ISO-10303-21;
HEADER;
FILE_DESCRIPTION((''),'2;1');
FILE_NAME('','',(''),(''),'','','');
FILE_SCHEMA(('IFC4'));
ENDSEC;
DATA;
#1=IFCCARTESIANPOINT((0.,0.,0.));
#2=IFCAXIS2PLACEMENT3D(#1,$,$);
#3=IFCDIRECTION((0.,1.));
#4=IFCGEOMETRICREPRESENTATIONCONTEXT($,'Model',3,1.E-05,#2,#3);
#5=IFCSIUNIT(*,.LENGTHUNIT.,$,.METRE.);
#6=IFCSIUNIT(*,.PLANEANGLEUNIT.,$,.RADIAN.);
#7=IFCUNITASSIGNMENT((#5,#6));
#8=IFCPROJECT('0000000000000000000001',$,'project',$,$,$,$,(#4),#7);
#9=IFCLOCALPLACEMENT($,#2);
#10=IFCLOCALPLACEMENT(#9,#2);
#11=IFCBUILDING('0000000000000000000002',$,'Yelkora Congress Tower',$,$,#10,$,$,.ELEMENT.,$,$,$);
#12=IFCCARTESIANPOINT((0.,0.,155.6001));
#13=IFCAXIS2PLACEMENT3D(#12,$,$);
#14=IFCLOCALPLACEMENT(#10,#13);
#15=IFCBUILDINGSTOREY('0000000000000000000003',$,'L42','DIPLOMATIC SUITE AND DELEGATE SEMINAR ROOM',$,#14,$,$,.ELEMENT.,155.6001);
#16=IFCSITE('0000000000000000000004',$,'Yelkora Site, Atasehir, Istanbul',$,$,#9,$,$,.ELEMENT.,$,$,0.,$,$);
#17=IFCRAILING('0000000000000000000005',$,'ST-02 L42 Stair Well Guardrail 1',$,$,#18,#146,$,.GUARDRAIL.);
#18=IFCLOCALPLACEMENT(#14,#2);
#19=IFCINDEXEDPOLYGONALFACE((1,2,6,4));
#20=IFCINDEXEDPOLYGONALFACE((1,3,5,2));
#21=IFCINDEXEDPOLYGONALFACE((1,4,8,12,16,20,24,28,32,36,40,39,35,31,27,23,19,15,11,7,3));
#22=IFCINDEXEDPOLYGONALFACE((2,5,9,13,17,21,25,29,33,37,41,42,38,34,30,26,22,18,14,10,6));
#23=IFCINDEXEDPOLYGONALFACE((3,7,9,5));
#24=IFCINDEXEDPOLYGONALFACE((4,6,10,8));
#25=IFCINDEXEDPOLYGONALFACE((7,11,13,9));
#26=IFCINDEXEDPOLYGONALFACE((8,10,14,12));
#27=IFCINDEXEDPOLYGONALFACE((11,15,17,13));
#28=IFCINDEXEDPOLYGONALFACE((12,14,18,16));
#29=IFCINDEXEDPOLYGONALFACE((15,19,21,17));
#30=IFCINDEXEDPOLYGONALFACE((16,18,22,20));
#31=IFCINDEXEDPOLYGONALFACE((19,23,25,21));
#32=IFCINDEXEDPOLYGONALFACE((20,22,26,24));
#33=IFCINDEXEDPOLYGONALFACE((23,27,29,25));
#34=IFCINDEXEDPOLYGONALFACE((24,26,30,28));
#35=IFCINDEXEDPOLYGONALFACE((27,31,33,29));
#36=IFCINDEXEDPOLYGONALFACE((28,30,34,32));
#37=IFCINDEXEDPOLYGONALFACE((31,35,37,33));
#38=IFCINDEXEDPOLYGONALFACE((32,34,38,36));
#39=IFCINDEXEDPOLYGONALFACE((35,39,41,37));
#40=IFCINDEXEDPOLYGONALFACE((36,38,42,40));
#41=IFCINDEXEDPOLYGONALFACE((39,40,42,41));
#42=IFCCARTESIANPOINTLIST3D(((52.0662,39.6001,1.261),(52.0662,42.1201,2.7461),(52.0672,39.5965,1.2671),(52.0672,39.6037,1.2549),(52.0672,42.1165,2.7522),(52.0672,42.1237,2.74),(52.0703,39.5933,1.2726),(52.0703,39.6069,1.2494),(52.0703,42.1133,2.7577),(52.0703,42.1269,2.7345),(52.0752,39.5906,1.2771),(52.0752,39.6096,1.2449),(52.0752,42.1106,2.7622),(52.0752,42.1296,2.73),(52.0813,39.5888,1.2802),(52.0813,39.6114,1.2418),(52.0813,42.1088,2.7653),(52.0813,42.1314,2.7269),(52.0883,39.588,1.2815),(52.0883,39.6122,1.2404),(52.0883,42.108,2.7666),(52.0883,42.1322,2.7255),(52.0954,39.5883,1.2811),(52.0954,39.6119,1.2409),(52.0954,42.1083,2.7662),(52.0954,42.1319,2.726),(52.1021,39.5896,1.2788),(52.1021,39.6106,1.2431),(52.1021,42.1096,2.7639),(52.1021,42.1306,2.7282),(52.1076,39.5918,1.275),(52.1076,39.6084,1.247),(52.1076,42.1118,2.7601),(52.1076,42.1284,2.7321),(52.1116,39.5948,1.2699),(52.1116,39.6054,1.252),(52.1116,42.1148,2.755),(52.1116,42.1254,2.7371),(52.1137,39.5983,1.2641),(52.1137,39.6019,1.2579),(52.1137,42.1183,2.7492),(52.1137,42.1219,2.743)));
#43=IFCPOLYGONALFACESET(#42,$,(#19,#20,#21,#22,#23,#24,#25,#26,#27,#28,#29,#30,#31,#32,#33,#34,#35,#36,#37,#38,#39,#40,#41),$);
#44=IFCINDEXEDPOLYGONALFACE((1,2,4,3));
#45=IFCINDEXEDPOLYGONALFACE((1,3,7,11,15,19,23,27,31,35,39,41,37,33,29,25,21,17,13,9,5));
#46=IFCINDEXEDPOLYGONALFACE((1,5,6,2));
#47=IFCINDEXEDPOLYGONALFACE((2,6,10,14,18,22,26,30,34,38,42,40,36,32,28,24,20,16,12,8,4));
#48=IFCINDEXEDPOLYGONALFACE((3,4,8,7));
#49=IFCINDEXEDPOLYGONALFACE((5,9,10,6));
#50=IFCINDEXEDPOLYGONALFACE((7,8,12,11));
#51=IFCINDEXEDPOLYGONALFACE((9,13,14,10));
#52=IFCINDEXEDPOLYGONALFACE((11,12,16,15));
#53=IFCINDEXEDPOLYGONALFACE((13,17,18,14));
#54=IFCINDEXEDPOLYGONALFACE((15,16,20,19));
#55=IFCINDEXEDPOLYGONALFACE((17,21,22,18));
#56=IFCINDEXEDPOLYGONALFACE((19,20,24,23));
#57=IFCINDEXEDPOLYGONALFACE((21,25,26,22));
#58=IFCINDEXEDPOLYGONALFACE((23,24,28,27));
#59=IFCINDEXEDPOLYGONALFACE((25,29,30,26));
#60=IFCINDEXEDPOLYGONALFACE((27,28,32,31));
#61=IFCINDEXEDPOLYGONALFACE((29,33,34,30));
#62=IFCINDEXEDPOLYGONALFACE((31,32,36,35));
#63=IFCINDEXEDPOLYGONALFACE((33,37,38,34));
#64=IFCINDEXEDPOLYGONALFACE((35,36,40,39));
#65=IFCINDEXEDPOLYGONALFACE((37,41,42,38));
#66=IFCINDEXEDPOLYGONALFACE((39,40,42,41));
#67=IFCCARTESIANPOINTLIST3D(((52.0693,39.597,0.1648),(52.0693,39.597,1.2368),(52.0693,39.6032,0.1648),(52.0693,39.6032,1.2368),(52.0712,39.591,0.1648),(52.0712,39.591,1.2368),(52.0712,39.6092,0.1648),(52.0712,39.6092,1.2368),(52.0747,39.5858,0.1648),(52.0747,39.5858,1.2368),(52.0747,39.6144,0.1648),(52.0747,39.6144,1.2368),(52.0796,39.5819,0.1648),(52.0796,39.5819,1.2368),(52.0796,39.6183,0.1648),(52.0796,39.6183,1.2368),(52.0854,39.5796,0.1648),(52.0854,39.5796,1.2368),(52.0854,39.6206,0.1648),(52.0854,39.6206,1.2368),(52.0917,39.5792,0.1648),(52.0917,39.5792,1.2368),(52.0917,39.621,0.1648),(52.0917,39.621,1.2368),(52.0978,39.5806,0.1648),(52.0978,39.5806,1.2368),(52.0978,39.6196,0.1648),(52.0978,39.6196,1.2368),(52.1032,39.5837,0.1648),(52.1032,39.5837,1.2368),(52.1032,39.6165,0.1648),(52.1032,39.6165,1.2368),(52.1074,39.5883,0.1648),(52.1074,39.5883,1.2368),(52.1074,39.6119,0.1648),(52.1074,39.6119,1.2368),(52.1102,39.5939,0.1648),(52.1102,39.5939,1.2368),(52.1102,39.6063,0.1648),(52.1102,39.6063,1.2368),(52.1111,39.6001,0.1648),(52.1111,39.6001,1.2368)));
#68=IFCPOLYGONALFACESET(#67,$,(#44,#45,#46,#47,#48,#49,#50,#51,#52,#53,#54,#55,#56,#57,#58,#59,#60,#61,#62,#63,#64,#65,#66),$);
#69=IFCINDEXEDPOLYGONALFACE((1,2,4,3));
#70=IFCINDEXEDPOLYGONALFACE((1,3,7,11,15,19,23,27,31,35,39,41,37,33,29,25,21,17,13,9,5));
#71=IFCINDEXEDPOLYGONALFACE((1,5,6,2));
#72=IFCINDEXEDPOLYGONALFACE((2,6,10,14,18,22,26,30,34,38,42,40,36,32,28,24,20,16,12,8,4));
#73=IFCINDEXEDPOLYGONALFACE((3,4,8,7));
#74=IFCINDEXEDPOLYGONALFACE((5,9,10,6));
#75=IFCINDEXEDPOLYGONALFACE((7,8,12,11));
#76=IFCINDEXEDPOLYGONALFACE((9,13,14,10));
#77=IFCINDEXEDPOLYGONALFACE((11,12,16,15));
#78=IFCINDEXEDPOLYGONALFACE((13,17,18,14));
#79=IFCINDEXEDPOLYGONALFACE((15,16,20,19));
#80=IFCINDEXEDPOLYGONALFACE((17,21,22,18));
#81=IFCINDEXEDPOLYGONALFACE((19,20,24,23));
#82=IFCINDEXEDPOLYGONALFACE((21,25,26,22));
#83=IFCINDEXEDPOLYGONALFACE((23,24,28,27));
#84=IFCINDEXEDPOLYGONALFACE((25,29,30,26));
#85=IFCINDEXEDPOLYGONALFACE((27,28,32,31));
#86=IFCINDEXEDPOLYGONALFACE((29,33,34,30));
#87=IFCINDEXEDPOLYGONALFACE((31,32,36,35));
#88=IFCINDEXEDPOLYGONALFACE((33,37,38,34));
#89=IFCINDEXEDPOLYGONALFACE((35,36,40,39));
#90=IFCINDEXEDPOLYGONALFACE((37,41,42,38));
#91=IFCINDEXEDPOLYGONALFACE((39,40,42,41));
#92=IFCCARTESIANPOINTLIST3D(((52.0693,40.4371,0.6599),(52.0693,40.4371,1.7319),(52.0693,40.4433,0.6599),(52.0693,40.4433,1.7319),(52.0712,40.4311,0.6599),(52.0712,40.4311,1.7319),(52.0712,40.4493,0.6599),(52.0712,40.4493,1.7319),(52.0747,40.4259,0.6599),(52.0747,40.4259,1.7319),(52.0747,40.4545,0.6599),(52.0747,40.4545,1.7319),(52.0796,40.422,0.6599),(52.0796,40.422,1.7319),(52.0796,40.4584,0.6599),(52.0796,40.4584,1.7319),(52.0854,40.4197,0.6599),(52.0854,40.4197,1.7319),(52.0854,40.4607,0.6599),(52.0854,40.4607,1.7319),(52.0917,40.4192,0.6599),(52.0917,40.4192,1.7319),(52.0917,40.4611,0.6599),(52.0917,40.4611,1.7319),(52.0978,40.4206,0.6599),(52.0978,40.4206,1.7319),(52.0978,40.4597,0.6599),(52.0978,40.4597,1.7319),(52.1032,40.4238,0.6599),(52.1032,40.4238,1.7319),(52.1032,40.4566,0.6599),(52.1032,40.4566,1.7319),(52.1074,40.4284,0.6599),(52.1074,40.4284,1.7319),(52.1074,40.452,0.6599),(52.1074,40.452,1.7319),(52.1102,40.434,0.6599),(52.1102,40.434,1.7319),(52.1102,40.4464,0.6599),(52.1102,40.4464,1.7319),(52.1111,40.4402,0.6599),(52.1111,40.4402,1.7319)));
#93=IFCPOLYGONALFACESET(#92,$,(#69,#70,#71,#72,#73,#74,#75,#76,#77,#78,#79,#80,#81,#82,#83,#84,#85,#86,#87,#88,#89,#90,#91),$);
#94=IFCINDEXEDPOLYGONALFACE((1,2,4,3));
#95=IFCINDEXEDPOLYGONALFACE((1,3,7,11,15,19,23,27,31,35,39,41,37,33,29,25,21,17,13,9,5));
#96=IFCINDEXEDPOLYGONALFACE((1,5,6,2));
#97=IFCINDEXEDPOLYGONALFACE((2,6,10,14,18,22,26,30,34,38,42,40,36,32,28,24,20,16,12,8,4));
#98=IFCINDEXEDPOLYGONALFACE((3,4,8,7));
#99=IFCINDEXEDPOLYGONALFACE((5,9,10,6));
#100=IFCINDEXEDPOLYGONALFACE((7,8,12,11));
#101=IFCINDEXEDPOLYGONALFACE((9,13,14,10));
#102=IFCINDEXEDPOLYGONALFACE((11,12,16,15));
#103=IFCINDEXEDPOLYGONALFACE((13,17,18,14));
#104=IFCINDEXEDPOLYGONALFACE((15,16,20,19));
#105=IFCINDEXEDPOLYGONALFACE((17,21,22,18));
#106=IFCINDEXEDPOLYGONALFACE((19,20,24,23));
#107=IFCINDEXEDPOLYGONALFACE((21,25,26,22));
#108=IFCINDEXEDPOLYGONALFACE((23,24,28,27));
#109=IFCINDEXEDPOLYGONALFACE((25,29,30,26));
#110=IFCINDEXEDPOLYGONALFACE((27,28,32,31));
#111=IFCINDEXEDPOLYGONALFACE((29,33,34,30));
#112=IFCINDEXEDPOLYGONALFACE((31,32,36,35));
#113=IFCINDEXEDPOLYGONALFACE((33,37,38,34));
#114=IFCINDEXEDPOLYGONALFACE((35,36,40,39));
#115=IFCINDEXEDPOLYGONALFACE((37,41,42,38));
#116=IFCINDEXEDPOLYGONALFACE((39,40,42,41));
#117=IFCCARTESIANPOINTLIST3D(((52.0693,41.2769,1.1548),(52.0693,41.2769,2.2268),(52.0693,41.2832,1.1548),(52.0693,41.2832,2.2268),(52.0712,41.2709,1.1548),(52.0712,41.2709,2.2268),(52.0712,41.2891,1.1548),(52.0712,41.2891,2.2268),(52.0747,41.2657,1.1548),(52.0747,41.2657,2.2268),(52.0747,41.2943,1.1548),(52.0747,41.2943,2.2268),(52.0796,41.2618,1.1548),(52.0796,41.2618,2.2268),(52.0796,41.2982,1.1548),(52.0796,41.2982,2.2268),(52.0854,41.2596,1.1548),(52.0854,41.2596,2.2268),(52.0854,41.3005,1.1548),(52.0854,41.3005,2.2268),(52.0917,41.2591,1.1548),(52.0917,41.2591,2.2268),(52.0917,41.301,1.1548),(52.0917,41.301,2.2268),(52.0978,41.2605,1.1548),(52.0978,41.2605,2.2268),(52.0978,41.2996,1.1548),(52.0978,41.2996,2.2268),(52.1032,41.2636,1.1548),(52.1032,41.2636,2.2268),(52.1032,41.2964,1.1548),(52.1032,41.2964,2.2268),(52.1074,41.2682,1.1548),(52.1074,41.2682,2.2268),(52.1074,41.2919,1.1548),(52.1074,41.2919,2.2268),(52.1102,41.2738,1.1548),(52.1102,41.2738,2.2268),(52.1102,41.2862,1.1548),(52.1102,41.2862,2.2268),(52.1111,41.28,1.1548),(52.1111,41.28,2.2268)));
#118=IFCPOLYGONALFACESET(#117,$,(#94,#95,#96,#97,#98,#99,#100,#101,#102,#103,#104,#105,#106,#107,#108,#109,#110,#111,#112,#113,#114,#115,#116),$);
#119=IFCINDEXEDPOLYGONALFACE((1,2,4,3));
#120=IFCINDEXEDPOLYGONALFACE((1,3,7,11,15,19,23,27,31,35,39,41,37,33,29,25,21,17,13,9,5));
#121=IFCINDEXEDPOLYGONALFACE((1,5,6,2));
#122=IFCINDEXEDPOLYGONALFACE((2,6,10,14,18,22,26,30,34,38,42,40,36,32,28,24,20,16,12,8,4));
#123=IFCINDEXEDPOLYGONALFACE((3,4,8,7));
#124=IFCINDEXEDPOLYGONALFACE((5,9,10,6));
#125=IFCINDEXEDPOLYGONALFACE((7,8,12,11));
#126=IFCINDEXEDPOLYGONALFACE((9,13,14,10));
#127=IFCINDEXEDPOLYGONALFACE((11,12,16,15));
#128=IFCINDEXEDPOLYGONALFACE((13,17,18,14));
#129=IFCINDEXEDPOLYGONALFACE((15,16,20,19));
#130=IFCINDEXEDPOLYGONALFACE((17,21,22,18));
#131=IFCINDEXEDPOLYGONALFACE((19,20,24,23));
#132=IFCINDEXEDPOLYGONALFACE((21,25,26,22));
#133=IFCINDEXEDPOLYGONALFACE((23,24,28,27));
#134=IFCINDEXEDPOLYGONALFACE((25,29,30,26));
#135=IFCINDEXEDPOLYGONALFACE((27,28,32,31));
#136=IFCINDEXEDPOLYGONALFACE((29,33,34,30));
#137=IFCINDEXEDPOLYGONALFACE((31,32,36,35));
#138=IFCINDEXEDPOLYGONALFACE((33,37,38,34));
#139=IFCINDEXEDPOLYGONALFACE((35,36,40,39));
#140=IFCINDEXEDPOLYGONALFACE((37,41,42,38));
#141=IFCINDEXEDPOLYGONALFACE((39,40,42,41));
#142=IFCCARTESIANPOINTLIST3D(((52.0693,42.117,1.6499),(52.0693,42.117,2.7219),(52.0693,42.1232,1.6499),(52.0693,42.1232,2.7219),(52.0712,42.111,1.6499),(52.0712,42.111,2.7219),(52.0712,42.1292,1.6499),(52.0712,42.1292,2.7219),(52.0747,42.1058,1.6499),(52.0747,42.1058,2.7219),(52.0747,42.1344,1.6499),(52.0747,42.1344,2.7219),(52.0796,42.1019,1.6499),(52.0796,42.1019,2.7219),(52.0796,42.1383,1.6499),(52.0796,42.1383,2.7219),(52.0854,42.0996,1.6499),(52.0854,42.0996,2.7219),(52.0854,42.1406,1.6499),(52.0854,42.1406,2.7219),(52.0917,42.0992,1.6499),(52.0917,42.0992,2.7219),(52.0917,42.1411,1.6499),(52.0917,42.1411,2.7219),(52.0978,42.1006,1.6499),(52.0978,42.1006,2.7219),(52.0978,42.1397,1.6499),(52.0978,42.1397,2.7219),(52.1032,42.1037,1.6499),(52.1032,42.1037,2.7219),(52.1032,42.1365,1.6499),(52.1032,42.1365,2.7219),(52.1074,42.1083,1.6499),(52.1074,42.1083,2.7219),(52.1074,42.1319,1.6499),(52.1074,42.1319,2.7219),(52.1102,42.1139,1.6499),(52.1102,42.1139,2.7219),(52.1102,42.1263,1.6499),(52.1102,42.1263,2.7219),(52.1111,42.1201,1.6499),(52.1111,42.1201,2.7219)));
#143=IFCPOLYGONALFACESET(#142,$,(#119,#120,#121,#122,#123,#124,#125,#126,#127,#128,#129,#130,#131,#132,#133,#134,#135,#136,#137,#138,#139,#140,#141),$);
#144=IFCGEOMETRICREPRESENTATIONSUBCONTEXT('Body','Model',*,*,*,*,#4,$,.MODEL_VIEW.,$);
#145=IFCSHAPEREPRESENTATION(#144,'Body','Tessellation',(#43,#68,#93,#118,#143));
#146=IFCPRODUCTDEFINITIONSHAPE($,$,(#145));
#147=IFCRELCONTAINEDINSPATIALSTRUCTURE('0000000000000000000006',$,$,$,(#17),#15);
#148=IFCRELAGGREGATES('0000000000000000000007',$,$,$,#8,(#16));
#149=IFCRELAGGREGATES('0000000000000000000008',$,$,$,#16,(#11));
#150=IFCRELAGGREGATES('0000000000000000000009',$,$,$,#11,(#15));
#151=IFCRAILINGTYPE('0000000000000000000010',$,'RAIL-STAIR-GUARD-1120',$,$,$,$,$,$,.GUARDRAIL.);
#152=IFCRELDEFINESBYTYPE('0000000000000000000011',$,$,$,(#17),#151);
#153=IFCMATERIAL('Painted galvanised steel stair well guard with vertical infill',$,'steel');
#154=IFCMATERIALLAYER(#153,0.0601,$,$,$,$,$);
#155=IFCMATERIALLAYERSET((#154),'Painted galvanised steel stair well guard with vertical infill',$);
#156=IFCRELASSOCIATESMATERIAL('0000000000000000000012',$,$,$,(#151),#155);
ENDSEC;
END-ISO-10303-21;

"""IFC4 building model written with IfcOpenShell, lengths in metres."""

from ifc_helpers import new_model, si_unit, direction, frame, origin, origin_2d, place, context, subcontext, project, spatial, circle, extrude, material, layer, layer_set, type_object, element, save


model = new_model("IFC4")

# Units and contexts
model_context = context("Model", 3, precision=1e-05, world=origin(), true_north=direction((0.0, 1.0)))
body_context = subcontext(model_context, "Body", "Model", "MODEL_VIEW")
ifc_project = project(units=[si_unit("LENGTHUNIT", "METRE"), si_unit("PLANEANGLEUNIT", "RADIAN")], contexts=[model_context])

# Site, building, storey
site_placement = place(None, origin())
site = spatial("IfcSite", under=ifc_project, at=site_placement, Name="Yelkora Site, Atasehir, Istanbul", CompositionType="ELEMENT", RefElevation=0.0)
building_placement = place(site_placement, origin())
building = spatial("IfcBuilding", under=site, at=building_placement, Name="Yelkora Congress Tower", CompositionType="ELEMENT")
storey_placement = place(building_placement, frame((0.0, 0.0, 155.6001)))
storey = spatial("IfcBuildingStorey", under=building, at=storey_placement, Name="L42", Description="DIPLOMATIC SUITE AND DELEGATE SEMINAR ROOM", CompositionType="ELEMENT", Elevation=155.6001)

# Railing
ifc_material_1 = material(Name="Painted galvanised steel stair well guard with vertical infill", Category="steel")
ifc_layer_1 = layer(ifc_material_1, 0.0601)
ifc_layer_set_1 = layer_set([ifc_layer_1], Name="Painted galvanised steel stair well guard with vertical infill")
railing_type_1 = type_object("IfcRailingType", Name="RAIL-STAIR-GUARD-1120", PredefinedType="GUARDRAIL", material=ifc_layer_set_1)
railing_1_placement = place(storey_placement, frame((52.0901, 39.6001, 0.1648)))
element("IfcRailing", 1, at=railing_1_placement, inside=storey, type_object=railing_type_1, Name="ST-02 L42 Stair Well Guardrail 1", PredefinedType="GUARDRAIL", context=body_context, shape_type="SweptSolid", body=[
    extrude(circle(Radius=0.0239, at=origin_2d()), frame((0.0, 0.0, 1.0962), z_axis=(0.0, 0.861524, 0.507717), x_axis=(-1.0, 0.0, 0.0)), (0.0, 0.0, 1.0), 2.925),
    extrude(circle(Radius=0.021, at=origin_2d()), origin(), (0.0, 0.0, 1.0), 1.072),
    extrude(circle(Radius=0.021, at=origin_2d()), frame((0.0, 0.8401, 0.4951)), (0.0, 0.0, 1.0), 1.072),
    extrude(circle(Radius=0.021, at=origin_2d()), frame((0.0, 1.6799, 0.99)), (0.0, 0.0, 1.0), 1.072),
    extrude(circle(Radius=0.021, at=origin_2d()), frame((0.0, 2.52, 1.4851)), (0.0, 0.0, 1.0), 1.072),
])

save(model, "model.ifc")
